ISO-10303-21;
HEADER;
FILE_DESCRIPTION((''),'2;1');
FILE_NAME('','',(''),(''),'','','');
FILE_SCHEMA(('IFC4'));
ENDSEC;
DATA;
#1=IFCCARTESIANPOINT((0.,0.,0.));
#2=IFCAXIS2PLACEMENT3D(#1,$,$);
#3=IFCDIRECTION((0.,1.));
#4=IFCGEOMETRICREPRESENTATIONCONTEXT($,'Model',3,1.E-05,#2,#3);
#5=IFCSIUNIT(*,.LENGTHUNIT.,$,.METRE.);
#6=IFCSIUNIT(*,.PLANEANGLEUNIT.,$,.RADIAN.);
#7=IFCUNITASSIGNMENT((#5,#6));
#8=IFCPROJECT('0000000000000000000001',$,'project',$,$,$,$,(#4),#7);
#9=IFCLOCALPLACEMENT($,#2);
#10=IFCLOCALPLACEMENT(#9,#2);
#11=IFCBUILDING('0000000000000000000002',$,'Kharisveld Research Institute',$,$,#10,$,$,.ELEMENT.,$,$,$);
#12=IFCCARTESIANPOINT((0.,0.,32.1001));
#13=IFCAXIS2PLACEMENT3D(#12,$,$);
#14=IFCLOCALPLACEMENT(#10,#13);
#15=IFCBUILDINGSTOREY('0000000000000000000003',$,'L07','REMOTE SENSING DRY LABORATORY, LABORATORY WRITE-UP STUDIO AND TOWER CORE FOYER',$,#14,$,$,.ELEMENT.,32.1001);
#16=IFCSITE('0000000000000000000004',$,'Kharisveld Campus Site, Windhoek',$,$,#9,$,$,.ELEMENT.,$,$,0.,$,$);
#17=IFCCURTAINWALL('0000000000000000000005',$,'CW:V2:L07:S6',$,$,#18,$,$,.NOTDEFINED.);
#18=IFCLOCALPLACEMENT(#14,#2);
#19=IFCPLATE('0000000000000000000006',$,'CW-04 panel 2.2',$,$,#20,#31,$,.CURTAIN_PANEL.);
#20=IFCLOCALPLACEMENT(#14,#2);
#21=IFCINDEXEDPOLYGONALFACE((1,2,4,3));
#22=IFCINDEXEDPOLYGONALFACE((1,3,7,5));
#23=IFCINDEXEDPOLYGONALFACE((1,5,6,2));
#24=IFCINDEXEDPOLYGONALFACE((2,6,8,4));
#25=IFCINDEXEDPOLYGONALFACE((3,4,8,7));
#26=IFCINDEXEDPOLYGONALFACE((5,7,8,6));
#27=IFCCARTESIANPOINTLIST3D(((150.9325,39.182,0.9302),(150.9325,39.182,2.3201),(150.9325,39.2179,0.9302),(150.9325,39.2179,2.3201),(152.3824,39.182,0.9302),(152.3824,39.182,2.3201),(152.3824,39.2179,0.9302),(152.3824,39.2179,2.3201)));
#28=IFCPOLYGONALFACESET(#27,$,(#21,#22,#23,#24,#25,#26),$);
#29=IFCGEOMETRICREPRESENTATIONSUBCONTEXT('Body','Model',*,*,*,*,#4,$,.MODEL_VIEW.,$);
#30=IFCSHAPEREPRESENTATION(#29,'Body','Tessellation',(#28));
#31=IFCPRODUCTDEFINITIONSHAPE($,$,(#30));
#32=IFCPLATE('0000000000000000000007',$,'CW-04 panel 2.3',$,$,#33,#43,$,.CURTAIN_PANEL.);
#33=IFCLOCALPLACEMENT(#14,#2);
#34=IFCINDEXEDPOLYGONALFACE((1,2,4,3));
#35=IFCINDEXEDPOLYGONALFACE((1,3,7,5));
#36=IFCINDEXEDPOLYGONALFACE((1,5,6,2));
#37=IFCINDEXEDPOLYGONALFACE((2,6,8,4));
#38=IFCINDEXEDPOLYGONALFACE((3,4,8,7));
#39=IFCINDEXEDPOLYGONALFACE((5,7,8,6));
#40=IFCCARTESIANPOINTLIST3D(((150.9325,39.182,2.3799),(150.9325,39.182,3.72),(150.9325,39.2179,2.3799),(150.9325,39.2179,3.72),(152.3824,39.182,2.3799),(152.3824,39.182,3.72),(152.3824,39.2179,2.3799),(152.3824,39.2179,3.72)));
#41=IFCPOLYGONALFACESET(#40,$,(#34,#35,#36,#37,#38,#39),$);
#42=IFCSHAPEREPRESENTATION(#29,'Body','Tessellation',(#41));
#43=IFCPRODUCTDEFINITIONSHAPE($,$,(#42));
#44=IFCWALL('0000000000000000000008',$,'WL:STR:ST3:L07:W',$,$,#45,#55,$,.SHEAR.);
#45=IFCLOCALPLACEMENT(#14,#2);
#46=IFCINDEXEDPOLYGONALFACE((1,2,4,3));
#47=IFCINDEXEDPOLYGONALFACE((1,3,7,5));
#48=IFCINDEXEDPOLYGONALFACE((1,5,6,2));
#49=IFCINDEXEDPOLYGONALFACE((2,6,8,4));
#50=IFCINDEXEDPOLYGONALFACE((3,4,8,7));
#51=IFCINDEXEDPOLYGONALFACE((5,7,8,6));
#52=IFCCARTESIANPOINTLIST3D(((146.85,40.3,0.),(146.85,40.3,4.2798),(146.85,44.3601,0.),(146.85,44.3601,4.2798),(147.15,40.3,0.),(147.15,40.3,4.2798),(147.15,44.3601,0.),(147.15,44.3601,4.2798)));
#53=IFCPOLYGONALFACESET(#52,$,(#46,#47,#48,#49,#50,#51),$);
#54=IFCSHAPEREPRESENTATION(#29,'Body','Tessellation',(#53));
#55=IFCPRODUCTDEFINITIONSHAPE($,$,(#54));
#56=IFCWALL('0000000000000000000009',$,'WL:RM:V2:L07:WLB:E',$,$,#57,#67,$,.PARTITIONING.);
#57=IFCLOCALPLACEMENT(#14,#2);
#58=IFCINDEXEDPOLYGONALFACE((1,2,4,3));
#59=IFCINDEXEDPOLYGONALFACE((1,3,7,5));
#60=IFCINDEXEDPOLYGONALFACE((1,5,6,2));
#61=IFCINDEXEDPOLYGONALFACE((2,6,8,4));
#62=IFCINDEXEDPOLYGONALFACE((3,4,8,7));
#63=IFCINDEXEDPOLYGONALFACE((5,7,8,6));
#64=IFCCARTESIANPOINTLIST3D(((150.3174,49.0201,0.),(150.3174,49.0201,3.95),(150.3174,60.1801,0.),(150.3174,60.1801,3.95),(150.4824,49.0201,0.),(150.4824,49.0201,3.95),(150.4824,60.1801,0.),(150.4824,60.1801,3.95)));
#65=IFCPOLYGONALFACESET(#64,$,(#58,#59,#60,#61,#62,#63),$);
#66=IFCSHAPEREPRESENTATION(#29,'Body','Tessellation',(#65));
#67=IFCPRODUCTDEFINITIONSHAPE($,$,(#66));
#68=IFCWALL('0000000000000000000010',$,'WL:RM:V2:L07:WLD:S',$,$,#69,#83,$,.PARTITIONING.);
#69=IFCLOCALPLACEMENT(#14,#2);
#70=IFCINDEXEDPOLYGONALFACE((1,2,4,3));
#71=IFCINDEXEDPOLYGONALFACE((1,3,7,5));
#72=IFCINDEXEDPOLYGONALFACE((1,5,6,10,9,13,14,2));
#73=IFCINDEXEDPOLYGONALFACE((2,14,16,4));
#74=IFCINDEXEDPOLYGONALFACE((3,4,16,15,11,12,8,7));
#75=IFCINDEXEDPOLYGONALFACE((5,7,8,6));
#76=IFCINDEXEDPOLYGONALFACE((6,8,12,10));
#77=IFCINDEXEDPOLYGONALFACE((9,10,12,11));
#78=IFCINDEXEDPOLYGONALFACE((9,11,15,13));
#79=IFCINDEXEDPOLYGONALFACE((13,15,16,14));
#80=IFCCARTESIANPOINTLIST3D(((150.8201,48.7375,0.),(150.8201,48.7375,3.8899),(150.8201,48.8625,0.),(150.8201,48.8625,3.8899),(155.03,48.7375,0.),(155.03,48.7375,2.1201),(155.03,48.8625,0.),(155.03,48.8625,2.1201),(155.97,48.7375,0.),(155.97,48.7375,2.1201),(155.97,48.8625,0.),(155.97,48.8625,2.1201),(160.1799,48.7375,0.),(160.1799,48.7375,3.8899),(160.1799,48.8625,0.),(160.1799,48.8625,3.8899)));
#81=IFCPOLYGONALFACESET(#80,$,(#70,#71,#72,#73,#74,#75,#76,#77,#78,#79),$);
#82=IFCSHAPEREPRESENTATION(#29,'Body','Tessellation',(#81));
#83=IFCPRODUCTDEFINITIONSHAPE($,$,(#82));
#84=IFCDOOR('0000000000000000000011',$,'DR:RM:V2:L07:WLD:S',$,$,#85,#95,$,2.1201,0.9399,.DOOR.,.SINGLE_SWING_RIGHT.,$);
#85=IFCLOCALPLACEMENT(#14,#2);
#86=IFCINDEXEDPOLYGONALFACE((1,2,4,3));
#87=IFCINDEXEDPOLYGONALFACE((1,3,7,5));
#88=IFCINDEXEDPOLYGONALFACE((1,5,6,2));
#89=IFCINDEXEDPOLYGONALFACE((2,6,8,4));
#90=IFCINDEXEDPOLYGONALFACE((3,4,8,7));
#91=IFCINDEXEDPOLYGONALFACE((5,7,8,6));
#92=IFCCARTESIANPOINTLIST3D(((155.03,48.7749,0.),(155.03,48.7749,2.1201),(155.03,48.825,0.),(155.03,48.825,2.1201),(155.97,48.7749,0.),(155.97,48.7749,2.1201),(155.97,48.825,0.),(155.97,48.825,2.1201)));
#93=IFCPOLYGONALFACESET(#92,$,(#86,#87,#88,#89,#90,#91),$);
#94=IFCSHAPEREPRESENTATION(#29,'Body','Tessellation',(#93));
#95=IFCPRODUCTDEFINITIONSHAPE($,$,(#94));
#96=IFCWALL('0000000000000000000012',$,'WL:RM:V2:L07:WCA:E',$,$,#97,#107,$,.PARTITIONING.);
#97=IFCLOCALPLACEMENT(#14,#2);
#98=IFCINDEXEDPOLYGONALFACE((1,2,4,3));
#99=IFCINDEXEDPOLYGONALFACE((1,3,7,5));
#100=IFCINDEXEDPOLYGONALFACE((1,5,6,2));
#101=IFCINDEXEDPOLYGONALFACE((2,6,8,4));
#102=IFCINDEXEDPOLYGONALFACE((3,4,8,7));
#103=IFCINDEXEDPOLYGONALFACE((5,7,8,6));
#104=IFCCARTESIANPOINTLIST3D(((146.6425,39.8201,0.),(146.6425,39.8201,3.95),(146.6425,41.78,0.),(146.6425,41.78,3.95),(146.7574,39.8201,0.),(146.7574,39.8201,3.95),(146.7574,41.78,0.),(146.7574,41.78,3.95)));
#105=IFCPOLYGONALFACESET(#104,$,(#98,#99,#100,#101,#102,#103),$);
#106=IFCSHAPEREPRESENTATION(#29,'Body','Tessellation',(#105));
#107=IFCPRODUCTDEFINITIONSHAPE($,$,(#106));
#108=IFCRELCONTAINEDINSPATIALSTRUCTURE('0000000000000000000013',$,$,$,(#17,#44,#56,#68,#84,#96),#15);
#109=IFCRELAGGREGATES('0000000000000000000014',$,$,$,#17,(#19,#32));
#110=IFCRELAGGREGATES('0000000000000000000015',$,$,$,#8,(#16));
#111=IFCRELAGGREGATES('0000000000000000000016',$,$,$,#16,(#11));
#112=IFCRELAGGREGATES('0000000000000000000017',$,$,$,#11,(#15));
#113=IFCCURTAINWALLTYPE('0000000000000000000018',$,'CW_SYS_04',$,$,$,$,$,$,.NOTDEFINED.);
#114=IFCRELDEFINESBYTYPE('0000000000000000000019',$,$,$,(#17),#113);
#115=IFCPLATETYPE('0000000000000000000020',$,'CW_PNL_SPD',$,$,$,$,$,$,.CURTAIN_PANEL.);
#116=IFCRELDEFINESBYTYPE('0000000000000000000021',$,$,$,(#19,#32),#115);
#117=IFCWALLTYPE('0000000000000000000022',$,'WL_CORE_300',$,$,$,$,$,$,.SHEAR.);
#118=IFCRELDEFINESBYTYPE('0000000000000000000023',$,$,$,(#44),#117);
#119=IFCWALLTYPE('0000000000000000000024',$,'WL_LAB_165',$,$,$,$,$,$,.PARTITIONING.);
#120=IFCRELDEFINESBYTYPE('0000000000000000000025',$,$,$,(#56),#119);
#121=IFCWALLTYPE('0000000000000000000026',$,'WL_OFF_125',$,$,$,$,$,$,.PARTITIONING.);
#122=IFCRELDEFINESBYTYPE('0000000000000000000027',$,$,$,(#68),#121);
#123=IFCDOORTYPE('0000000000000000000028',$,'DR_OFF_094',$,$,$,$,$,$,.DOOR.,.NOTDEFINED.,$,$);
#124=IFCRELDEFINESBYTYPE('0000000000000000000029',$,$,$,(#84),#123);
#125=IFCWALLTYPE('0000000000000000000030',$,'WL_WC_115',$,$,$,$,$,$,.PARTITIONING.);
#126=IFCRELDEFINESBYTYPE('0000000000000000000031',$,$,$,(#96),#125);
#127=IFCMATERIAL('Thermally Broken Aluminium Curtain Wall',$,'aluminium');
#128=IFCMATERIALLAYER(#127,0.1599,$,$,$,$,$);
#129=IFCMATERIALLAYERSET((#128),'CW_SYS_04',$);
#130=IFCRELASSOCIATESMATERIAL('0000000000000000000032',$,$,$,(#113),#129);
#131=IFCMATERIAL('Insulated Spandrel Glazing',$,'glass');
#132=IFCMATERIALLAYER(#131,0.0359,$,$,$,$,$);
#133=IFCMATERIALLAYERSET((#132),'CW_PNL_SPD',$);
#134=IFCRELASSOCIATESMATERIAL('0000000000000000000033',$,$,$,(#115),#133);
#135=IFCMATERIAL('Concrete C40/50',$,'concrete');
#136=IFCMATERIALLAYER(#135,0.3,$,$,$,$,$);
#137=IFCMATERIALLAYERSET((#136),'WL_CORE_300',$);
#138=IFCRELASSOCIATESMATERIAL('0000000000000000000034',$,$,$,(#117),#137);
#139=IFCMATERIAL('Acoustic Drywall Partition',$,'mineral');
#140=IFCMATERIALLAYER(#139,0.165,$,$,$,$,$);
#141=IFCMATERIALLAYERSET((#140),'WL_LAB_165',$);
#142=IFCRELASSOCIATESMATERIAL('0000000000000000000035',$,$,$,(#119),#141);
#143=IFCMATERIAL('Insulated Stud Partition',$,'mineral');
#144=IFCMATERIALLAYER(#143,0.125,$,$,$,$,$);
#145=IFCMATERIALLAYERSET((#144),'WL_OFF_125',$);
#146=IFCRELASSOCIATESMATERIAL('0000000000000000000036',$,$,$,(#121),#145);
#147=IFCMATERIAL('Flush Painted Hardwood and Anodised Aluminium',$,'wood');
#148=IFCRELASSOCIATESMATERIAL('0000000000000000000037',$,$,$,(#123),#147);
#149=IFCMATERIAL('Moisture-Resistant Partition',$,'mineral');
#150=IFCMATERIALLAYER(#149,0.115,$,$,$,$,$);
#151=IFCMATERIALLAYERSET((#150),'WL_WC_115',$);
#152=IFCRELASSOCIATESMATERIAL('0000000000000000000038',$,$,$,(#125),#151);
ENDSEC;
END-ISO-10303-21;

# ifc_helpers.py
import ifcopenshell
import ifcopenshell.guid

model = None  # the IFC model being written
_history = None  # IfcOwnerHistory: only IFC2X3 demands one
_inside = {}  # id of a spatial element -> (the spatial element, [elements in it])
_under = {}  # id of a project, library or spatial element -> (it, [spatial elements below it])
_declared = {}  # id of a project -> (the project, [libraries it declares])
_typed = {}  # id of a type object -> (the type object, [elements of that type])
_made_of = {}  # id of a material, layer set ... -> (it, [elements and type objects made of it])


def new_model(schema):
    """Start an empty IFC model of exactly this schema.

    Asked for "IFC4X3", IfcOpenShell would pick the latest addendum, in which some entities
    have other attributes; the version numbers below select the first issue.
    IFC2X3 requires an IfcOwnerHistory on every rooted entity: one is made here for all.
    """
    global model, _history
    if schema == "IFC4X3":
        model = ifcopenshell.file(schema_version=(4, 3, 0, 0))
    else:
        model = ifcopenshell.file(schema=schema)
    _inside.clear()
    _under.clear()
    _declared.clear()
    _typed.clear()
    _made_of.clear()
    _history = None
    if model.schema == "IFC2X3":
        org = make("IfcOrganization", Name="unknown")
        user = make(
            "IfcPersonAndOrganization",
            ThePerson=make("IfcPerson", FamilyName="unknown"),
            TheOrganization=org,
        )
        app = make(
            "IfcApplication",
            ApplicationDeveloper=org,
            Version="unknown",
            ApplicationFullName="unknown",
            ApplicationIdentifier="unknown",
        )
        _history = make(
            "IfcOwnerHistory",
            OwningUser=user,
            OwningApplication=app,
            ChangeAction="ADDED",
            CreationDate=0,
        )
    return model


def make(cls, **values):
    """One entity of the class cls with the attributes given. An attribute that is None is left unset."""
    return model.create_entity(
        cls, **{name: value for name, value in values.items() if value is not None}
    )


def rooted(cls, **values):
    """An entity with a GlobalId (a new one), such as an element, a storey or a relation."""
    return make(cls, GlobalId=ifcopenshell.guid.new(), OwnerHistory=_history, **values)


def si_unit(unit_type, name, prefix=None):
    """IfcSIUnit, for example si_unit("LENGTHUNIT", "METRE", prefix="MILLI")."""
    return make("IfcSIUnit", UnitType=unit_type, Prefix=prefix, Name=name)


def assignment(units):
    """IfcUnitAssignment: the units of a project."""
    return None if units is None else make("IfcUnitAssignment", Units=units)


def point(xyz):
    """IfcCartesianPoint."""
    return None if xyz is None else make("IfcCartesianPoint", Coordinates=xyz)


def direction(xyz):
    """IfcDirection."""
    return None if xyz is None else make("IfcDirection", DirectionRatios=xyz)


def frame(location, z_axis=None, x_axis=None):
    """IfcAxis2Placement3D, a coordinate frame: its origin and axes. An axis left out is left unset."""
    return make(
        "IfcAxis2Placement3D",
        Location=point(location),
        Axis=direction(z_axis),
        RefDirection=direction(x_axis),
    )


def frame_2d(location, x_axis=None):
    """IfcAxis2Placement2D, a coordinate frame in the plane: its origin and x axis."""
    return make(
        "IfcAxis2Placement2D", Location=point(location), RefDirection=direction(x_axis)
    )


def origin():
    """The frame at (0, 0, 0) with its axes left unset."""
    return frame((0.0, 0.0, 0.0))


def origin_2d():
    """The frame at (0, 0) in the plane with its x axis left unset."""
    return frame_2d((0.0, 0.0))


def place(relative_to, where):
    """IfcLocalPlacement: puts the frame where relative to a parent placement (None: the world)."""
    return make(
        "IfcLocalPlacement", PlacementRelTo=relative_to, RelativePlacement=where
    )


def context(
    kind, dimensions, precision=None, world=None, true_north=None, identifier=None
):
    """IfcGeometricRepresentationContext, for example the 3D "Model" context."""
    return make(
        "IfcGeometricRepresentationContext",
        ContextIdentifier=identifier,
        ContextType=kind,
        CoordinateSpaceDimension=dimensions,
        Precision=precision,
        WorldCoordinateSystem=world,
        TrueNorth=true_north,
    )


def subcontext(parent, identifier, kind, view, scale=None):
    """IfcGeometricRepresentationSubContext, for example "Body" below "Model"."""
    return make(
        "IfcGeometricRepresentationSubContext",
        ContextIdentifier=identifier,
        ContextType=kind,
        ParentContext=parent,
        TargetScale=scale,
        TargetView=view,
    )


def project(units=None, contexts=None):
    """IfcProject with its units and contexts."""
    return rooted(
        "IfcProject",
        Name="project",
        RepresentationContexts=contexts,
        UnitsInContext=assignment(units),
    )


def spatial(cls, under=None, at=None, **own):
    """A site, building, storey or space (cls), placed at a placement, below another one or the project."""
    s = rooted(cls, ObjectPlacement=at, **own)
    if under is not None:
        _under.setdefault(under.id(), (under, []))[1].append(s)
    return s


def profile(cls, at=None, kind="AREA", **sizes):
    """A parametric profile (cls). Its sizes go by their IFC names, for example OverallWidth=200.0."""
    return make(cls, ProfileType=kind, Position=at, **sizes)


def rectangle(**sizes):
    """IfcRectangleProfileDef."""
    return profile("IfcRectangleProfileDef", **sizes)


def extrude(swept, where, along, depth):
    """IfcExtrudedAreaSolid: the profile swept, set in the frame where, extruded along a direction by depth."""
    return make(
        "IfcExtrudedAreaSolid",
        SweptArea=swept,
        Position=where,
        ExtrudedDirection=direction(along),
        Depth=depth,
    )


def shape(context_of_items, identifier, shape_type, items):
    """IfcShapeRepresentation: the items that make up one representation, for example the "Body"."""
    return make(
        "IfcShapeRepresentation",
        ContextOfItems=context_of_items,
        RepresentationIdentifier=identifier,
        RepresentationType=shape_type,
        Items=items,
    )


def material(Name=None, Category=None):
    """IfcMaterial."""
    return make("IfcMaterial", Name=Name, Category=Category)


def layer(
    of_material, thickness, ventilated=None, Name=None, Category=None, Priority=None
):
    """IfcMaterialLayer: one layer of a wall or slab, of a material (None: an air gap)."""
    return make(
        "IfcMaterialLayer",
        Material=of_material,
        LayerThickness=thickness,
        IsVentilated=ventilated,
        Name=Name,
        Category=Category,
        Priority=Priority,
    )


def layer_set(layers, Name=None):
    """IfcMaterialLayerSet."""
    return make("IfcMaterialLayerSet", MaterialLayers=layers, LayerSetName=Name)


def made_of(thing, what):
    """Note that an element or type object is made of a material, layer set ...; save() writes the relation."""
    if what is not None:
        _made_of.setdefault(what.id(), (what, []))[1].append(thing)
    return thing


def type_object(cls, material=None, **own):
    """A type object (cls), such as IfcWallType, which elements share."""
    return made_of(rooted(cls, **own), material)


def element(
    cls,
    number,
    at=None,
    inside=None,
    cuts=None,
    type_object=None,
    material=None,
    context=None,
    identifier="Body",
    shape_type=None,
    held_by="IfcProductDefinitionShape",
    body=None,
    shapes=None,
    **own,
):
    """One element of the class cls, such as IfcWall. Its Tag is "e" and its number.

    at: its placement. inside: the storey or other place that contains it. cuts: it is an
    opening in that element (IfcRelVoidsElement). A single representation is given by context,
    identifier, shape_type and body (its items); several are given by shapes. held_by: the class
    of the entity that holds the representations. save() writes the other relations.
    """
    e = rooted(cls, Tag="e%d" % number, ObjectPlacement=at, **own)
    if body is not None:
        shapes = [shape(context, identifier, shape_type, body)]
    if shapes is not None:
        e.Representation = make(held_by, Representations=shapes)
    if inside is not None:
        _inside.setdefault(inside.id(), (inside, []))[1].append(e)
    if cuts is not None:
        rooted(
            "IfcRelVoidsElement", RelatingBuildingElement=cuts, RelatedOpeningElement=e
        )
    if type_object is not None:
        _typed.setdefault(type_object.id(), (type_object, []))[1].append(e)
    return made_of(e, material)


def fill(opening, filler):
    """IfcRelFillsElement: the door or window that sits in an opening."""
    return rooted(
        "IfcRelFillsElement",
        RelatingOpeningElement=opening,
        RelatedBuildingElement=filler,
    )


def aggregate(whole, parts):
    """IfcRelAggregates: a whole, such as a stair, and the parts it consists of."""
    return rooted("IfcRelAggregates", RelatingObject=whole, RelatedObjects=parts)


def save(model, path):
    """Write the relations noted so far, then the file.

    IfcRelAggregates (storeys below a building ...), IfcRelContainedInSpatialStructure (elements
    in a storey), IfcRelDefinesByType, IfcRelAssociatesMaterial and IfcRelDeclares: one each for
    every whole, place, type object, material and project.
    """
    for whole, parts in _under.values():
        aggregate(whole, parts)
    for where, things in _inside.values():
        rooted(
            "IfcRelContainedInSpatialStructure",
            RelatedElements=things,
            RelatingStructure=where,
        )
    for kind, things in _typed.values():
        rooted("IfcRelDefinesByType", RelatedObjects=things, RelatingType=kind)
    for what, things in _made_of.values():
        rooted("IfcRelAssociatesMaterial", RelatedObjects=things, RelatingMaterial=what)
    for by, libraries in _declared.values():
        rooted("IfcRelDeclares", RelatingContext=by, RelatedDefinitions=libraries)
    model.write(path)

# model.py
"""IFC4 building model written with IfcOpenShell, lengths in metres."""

from ifc_helpers import new_model, si_unit, direction, frame, frame_2d, origin, origin_2d, place, context, subcontext, project, spatial, rectangle, extrude, material, layer, layer_set, type_object, element, fill, aggregate, save


model = new_model("IFC4")

# Units and contexts
model_context = context("Model", 3, precision=1e-05, world=origin(), true_north=direction((0.0, 1.0)))
body_context = subcontext(model_context, "Body", "Model", "MODEL_VIEW")
ifc_project = project(units=[si_unit("LENGTHUNIT", "METRE"), si_unit("PLANEANGLEUNIT", "RADIAN")], contexts=[model_context])

# Site, building, storey
site_placement = place(None, origin())
site = spatial("IfcSite", under=ifc_project, at=site_placement, Name="Kharisveld Campus Site, Windhoek", CompositionType="ELEMENT", RefElevation=0.0)
building_placement = place(site_placement, origin())
building = spatial("IfcBuilding", under=site, at=building_placement, Name="Kharisveld Research Institute", CompositionType="ELEMENT")
storey_placement = place(building_placement, frame((0.0, 0.0, 32.1001)))
storey = spatial("IfcBuildingStorey", under=building, at=storey_placement, Name="L07", Description="REMOTE SENSING DRY LABORATORY, LABORATORY WRITE-UP STUDIO AND TOWER CORE FOYER", CompositionType="ELEMENT", Elevation=32.1001)

# Curtain wall
ifc_material_1 = material(Name="Thermally Broken Aluminium Curtain Wall", Category="aluminium")
ifc_layer_1 = layer(ifc_material_1, 0.1599)
ifc_layer_set_1 = layer_set([ifc_layer_1], Name="CW_SYS_04")
curtain_wall_type = type_object("IfcCurtainWallType", Name="CW_SYS_04", PredefinedType="NOTDEFINED", material=ifc_layer_set_1)
curtain_wall_placement = place(storey_placement, origin())
curtain_wall = element("IfcCurtainWall", 1, at=curtain_wall_placement, inside=storey, type_object=curtain_wall_type, Name="CW:V2:L07:S6", PredefinedType="NOTDEFINED")

# Plates
ifc_material_2 = material(Name="Insulated Spandrel Glazing", Category="glass")
ifc_layer_2 = layer(ifc_material_2, 0.0359)
ifc_layer_set_2 = layer_set([ifc_layer_2], Name="CW_PNL_SPD")
plate_type = type_object("IfcPlateType", Name="CW_PNL_SPD", PredefinedType="CURTAIN_PANEL", material=ifc_layer_set_2)
plate_1_placement = place(storey_placement, frame((151.6575, 39.2, 0.9302), z_axis=(0.0, 0.0, 1.0), x_axis=(-1.0, 0.0, 0.0)))
plate_1 = element("IfcPlate", 2, at=plate_1_placement, type_object=plate_type, Name="CW-04 panel 2.2", PredefinedType="CURTAIN_PANEL", context=body_context, shape_type="SweptSolid", body=[
    extrude(rectangle(XDim=1.45, YDim=0.0359, at=origin_2d()), origin(), (0.0, 0.0, 1.0), 1.3899),
])
plate_2_placement = place(storey_placement, frame((151.6575, 39.2, 2.3799), z_axis=(0.0, 0.0, 1.0), x_axis=(-1.0, 0.0, 0.0)))
plate_2 = element("IfcPlate", 3, at=plate_2_placement, type_object=plate_type, Name="CW-04 panel 2.3", PredefinedType="CURTAIN_PANEL", context=body_context, shape_type="SweptSolid", body=[
    extrude(rectangle(XDim=1.45, YDim=0.0359, at=origin_2d()), origin(), (0.0, 0.0, 1.0), 1.3401),
])
aggregate(curtain_wall, [plate_1, plate_2])

# Wall
ifc_material_3 = material(Name="Concrete C40/50", Category="concrete")
ifc_layer_3 = layer(ifc_material_3, 0.3)
ifc_layer_set_3 = layer_set([ifc_layer_3], Name="WL_CORE_300")
wall_type_1 = type_object("IfcWallType", Name="WL_CORE_300", PredefinedType="SHEAR", material=ifc_layer_set_3)
wall_1_placement = place(storey_placement, frame((147.0, 40.3, 0.0), z_axis=(0.0, 0.0, 1.0), x_axis=(0.0, 1.0, 0.0)))
element("IfcWall", 4, at=wall_1_placement, inside=storey, type_object=wall_type_1, Name="WL:STR:ST3:L07:W", PredefinedType="SHEAR", context=body_context, shape_type="SweptSolid", body=[
    extrude(rectangle(XDim=4.0601, YDim=0.3, at=frame_2d((2.03, 0.0))), origin(), (0.0, 0.0, 1.0), 4.2798),
])

# Wall
ifc_material_4 = material(Name="Acoustic Drywall Partition", Category="mineral")
ifc_layer_4 = layer(ifc_material_4, 0.165)
ifc_layer_set_4 = layer_set([ifc_layer_4], Name="WL_LAB_165")
wall_type_2 = type_object("IfcWallType", Name="WL_LAB_165", PredefinedType="PARTITIONING", material=ifc_layer_set_4)
wall_2_placement = place(storey_placement, frame((150.3999, 49.02, 0.0), z_axis=(0.0, 0.0, 1.0), x_axis=(0.0, 1.0, 0.0)))
element("IfcWall", 5, at=wall_2_placement, inside=storey, type_object=wall_type_2, Name="WL:RM:V2:L07:WLB:E", PredefinedType="PARTITIONING", context=body_context, shape_type="SweptSolid", body=[
    extrude(rectangle(XDim=11.1599, YDim=0.165, at=frame_2d((5.5801, 0.0))), origin(), (0.0, 0.0, 1.0), 3.95),
])

# Wall, opening, door
ifc_material_5 = material(Name="Insulated Stud Partition", Category="mineral")
ifc_layer_5 = layer(ifc_material_5, 0.125)
ifc_layer_set_5 = layer_set([ifc_layer_5], Name="WL_OFF_125")
wall_type_3 = type_object("IfcWallType", Name="WL_OFF_125", PredefinedType="PARTITIONING", material=ifc_layer_set_5)
wall_3_placement = place(storey_placement, frame((150.8201, 48.8, 0.0), z_axis=(0.0, 0.0, 1.0), x_axis=(1.0, 0.0, 0.0)))
wall_3 = element("IfcWall", 6, at=wall_3_placement, inside=storey, type_object=wall_type_3, Name="WL:RM:V2:L07:WLD:S", PredefinedType="PARTITIONING", context=body_context, shape_type="SweptSolid", body=[
    extrude(rectangle(XDim=9.3599, YDim=0.125, at=frame_2d((4.6799, 0.0))), origin(), (0.0, 0.0, 1.0), 3.8899),
])
opening_1_placement = place(wall_3_placement, frame((4.21, 0.0, 0.0)))
opening_1 = element("IfcOpeningElement", 7, at=opening_1_placement, cuts=wall_3, PredefinedType="OPENING", context=body_context, shape_type="SweptSolid", body=[
    extrude(rectangle(XDim=0.9399, YDim=2.1201, at=frame_2d((0.47, 1.0601))), frame((0.0, 0.0625, 0.0), z_axis=(0.0, -1.0, 0.0), x_axis=(1.0, 0.0, 0.0)), (0.0, 0.0, 1.0), 0.125),
])
ifc_material_6 = material(Name="Flush Painted Hardwood and Anodised Aluminium", Category="wood")
door_type_1 = type_object("IfcDoorType", Name="DR_OFF_094", OperationType="NOTDEFINED", PredefinedType="DOOR", material=ifc_material_6)
door_1_placement = place(opening_1_placement, origin())
door_1 = element("IfcDoor", 8, at=door_1_placement, inside=storey, type_object=door_type_1, Name="DR:RM:V2:L07:WLD:S", OperationType="SINGLE_SWING_RIGHT", OverallHeight=2.1201, OverallWidth=0.9399, PredefinedType="DOOR", context=body_context, shape_type="SweptSolid", body=[
    extrude(rectangle(XDim=0.9399, YDim=2.1201, at=frame_2d((0.47, 1.0601))), frame((0.0, 0.0249, 0.0), z_axis=(0.0, -1.0, 0.0), x_axis=(1.0, 0.0, 0.0)), (0.0, 0.0, 1.0), 0.05),
])
fill(opening_1, door_1)

# Wall
ifc_material_7 = material(Name="Moisture-Resistant Partition", Category="mineral")
ifc_layer_6 = layer(ifc_material_7, 0.115)
ifc_layer_set_6 = layer_set([ifc_layer_6], Name="WL_WC_115")
wall_type_4 = type_object("IfcWallType", Name="WL_WC_115", PredefinedType="PARTITIONING", material=ifc_layer_set_6)
wall_4_placement = place(storey_placement, frame((146.7, 39.8201, 0.0), z_axis=(0.0, 0.0, 1.0), x_axis=(0.0, 1.0, 0.0)))
element("IfcWall", 9, at=wall_4_placement, inside=storey, type_object=wall_type_4, Name="WL:RM:V2:L07:WCA:E", PredefinedType="PARTITIONING", context=body_context, shape_type="SweptSolid", body=[
    extrude(rectangle(XDim=1.96, YDim=0.115, at=frame_2d((0.98, 0.0))), origin(), (0.0, 0.0, 1.0), 3.95),
])

save(model, "model.ifc")
